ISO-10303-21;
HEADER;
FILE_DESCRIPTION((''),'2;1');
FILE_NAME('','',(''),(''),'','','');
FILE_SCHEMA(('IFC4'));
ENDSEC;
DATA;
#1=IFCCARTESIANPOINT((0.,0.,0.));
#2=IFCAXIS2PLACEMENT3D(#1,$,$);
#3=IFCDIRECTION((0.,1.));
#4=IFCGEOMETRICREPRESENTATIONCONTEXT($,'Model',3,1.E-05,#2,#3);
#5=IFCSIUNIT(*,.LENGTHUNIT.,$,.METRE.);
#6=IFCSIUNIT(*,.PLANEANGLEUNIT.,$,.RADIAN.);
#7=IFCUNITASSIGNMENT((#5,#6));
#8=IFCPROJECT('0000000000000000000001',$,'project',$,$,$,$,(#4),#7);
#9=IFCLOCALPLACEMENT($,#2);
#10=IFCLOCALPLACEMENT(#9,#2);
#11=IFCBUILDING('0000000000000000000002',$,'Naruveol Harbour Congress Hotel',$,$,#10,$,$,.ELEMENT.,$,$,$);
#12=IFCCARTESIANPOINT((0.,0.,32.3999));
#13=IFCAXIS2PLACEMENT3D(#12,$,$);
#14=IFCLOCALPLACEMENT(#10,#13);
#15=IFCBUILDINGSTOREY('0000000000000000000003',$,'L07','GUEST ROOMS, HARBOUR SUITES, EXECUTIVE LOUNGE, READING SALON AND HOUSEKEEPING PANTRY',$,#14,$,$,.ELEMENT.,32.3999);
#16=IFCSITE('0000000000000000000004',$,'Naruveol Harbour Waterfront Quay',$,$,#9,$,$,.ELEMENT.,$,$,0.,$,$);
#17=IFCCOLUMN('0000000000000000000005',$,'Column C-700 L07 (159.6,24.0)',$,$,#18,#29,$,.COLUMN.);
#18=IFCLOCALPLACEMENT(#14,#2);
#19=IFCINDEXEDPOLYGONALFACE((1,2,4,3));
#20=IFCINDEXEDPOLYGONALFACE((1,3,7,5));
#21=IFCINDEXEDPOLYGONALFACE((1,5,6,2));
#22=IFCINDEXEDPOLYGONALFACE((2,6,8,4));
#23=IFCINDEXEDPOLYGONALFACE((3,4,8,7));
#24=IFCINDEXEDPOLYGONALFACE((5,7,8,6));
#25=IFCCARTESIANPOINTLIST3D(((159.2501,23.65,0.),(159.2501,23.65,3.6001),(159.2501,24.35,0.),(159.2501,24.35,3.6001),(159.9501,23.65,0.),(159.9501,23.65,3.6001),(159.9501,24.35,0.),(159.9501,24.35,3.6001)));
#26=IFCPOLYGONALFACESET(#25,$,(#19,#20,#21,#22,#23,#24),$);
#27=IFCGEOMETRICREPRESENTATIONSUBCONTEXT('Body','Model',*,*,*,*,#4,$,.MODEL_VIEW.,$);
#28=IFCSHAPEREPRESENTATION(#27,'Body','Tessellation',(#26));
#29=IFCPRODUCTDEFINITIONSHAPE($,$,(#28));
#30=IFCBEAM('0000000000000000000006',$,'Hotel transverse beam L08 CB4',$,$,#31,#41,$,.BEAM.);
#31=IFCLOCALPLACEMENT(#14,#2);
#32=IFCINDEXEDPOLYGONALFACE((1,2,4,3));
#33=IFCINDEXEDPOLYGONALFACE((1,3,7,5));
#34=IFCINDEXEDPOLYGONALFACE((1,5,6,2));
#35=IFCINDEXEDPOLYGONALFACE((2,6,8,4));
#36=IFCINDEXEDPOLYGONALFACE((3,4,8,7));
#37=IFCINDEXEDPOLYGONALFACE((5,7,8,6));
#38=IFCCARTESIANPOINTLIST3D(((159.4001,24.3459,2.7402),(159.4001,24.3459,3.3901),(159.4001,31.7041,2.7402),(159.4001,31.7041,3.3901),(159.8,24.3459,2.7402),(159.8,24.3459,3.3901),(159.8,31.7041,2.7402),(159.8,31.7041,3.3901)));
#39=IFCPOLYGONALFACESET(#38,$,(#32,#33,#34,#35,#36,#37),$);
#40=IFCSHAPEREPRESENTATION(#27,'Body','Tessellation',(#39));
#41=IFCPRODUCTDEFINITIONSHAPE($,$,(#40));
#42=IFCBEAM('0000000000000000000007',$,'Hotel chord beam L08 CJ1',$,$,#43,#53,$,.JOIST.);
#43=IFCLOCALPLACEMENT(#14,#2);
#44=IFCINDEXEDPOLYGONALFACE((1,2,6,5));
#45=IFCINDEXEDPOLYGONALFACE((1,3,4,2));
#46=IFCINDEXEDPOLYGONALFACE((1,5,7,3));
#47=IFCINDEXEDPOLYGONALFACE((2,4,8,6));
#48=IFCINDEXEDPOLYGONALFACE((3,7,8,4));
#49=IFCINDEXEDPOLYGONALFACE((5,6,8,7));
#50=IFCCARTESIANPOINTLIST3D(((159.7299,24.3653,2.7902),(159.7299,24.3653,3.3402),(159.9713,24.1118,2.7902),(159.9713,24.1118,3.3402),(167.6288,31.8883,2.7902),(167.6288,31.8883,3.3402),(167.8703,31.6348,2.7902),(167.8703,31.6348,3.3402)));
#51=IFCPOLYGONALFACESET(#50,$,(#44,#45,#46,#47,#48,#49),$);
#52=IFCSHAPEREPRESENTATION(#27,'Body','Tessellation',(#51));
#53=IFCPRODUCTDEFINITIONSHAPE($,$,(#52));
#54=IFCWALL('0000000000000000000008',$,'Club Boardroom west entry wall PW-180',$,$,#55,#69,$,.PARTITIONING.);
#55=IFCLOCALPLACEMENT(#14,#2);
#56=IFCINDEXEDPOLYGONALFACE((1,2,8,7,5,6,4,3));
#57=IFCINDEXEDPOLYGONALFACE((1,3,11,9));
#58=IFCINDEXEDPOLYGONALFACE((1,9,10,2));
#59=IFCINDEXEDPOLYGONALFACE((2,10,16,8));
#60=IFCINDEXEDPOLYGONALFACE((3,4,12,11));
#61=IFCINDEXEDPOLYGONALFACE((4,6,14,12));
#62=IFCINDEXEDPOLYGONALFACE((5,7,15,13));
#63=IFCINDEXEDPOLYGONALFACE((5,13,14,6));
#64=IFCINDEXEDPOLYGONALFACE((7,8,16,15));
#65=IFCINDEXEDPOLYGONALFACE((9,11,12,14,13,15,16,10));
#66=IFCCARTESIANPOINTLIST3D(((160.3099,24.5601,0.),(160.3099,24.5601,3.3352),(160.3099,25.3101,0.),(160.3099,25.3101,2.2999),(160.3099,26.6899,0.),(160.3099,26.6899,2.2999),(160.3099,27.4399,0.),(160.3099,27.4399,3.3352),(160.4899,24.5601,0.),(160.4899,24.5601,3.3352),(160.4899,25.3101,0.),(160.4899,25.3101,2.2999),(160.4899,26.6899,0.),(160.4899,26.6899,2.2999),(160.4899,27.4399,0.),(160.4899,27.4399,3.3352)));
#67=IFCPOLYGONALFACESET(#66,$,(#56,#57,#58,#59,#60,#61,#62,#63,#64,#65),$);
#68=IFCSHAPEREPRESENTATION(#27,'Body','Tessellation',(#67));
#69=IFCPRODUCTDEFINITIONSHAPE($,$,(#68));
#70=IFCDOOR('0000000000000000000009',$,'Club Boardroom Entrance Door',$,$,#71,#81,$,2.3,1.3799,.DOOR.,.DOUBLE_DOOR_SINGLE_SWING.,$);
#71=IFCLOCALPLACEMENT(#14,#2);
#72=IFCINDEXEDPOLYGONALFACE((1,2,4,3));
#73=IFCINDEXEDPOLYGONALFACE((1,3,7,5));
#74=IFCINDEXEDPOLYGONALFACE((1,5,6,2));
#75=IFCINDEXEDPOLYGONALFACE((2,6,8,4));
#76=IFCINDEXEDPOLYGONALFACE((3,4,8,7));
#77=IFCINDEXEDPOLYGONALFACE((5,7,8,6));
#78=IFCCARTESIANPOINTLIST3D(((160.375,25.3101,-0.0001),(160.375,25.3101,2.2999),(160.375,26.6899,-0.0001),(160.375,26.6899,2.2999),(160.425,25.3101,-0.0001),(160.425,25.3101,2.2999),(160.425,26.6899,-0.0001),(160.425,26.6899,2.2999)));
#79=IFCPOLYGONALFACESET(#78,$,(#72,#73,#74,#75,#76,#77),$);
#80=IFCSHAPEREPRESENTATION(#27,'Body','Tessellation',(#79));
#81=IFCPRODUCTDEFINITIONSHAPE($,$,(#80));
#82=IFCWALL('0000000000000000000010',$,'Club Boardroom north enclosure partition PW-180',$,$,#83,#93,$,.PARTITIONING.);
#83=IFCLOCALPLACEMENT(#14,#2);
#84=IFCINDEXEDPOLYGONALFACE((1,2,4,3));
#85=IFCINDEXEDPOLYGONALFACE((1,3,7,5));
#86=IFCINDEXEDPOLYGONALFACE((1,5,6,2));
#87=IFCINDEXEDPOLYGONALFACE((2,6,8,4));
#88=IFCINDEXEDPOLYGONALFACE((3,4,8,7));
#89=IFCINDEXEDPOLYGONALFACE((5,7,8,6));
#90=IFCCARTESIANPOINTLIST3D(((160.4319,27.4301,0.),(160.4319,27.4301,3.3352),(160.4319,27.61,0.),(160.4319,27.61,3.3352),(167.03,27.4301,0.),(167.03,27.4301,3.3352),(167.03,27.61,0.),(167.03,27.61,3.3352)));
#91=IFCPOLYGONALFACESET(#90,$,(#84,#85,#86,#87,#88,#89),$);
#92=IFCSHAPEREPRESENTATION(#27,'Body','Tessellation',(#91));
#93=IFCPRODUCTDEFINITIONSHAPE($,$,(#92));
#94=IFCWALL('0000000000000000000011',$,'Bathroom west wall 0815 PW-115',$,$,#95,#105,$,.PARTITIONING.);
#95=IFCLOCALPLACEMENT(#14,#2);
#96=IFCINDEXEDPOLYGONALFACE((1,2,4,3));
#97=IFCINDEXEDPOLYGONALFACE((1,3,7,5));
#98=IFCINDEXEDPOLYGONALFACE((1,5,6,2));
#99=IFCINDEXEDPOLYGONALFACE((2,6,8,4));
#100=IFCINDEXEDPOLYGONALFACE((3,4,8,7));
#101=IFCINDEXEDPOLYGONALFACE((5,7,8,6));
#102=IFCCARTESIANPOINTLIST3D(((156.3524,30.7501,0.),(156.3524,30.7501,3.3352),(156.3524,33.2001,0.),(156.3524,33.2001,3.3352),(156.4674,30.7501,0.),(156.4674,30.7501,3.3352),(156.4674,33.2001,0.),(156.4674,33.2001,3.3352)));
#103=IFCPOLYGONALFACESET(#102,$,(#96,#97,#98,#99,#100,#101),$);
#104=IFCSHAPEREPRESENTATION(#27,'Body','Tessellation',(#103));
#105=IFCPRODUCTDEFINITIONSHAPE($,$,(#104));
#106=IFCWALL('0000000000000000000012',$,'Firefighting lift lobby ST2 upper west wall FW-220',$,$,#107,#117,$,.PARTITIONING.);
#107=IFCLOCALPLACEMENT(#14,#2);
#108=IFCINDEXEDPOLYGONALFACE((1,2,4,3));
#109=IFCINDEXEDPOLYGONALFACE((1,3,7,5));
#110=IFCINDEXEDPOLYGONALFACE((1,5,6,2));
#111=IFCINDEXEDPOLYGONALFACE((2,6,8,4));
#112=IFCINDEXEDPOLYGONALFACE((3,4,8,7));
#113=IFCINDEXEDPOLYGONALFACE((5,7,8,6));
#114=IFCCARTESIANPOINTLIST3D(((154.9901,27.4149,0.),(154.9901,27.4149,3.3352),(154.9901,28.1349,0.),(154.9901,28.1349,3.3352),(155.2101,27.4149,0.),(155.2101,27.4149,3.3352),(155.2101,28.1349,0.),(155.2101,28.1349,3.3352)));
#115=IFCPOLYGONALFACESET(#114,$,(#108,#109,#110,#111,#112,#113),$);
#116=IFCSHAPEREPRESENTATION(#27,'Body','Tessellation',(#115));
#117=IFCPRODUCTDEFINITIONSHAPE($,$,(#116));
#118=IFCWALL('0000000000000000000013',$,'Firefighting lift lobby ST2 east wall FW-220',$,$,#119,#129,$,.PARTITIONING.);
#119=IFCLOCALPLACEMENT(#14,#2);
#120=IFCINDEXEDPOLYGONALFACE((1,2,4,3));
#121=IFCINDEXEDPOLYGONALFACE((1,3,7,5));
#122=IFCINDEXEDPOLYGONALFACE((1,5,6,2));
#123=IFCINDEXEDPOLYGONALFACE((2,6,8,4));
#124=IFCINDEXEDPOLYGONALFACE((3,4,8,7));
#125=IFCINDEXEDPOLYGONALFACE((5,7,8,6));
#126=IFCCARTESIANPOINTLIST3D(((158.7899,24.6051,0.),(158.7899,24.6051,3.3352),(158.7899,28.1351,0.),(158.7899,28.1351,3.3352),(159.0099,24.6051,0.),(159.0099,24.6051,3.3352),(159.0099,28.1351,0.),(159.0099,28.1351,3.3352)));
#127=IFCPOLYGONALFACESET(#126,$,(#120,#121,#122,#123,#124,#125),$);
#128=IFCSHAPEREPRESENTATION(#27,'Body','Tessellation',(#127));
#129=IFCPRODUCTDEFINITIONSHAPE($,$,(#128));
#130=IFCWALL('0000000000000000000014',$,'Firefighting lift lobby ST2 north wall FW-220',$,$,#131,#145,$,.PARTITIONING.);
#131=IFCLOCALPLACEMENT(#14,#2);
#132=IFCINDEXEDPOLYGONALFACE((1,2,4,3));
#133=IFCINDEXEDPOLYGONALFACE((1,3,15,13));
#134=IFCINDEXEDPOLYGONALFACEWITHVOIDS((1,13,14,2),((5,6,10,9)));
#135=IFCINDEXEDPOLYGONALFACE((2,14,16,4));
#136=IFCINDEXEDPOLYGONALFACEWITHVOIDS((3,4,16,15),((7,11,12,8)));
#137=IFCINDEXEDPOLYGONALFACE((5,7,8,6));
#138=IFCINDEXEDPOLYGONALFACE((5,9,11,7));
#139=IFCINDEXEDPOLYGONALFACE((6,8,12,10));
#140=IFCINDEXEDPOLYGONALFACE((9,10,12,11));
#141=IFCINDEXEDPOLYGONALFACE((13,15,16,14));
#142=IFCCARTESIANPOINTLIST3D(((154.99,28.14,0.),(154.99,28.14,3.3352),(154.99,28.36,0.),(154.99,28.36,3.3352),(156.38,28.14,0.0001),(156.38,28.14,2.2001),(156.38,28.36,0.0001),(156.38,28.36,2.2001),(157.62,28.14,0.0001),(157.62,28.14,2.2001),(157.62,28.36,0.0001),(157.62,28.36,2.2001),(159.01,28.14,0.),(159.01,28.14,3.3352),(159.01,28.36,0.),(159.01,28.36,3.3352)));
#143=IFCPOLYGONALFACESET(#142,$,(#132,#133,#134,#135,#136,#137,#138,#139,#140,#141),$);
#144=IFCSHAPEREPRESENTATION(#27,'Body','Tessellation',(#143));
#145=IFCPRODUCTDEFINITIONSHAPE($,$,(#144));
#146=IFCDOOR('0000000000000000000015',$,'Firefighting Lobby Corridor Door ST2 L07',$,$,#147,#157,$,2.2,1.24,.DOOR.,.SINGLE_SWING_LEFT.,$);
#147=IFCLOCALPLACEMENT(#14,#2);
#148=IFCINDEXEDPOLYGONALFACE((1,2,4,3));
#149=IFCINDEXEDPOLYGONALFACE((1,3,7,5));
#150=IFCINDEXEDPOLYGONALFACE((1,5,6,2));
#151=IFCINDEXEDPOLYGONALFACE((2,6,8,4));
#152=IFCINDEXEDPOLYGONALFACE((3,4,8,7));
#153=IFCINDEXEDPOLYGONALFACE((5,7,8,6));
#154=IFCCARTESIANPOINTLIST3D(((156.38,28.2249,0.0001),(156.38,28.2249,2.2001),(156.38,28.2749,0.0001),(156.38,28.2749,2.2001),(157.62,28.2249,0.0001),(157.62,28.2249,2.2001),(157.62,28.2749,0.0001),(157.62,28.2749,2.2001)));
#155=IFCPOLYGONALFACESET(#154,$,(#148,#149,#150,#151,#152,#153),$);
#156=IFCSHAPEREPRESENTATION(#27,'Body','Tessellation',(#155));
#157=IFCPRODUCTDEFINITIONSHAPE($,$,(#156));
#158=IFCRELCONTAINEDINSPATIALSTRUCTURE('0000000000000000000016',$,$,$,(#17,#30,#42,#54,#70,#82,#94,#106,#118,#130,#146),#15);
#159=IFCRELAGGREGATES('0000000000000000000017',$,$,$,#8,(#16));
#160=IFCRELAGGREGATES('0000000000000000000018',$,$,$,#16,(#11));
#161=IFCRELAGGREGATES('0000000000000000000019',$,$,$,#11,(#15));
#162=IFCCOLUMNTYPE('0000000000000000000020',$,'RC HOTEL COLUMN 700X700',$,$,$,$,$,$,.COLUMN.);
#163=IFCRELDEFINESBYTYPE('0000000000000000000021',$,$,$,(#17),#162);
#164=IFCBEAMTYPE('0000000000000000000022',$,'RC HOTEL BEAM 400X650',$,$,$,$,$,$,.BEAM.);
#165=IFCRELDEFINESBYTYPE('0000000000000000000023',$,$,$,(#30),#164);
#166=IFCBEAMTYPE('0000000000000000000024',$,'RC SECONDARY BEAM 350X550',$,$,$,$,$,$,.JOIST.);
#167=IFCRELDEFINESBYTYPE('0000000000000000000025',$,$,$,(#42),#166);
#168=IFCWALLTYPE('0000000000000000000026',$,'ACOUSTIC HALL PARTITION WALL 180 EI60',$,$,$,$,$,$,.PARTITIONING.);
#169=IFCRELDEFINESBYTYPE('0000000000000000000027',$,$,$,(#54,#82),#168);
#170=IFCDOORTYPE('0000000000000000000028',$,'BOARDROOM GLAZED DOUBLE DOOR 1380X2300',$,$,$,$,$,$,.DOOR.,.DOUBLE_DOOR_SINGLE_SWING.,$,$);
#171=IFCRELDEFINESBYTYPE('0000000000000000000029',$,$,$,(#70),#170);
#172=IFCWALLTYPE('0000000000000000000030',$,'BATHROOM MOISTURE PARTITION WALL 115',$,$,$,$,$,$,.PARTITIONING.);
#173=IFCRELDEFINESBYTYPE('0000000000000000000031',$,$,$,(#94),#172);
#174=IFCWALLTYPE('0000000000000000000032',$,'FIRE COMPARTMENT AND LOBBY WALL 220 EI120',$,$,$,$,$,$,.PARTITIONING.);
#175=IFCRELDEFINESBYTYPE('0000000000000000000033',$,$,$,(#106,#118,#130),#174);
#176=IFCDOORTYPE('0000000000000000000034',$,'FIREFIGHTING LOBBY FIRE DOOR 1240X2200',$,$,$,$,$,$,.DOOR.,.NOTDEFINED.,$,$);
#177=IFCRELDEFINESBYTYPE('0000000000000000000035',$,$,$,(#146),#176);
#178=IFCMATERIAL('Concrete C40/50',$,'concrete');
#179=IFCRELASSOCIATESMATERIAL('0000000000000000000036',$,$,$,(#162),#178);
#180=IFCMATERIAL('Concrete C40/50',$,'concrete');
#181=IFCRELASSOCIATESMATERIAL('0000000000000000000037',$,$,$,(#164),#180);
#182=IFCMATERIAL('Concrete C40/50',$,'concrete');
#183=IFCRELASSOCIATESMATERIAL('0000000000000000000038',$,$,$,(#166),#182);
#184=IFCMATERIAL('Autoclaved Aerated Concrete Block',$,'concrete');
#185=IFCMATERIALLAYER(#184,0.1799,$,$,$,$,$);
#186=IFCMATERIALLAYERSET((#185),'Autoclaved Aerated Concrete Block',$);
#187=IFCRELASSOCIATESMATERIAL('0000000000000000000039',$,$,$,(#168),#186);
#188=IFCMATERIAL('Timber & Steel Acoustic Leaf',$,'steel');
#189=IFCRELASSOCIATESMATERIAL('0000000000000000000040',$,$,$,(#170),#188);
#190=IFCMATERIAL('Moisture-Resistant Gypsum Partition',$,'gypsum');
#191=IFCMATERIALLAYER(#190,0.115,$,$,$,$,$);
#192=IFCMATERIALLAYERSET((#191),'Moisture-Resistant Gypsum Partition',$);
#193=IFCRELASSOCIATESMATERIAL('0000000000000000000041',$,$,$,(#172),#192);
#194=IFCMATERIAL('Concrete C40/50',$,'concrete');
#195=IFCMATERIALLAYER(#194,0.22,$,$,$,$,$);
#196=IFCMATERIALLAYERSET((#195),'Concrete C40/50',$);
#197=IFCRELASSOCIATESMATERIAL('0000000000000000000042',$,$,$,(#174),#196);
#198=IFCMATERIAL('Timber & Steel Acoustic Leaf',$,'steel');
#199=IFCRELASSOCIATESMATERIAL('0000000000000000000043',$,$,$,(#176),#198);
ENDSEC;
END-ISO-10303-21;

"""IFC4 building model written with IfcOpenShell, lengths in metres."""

from ifc_helpers import new_model, si_unit, direction, frame, frame_2d, origin, origin_2d, place, context, subcontext, project, spatial, rectangle, extrude, material, layer, layer_set, material_profile, profile_set, type_object, element, fill, save


model = new_model("IFC4")

# Units and contexts
model_context = context("Model", 3, precision=1e-05, world=origin(), true_north=direction((0.0, 1.0)))
body_context = subcontext(model_context, "Body", "Model", "MODEL_VIEW")
ifc_project = project(units=[si_unit("LENGTHUNIT", "METRE"), si_unit("PLANEANGLEUNIT", "RADIAN")], contexts=[model_context])

# Site, building, storey
site_placement = place(None, origin())
site = spatial("IfcSite", under=ifc_project, at=site_placement, Name="Naruveol Harbour Waterfront Quay", CompositionType="ELEMENT", RefElevation=0.0)
building_placement = place(site_placement, origin())
building = spatial("IfcBuilding", under=site, at=building_placement, Name="Naruveol Harbour Congress Hotel", CompositionType="ELEMENT")
storey_placement = place(building_placement, frame((0.0, 0.0, 32.3999)))
storey = spatial("IfcBuildingStorey", under=building, at=storey_placement, Name="L07", Description="GUEST ROOMS, HARBOUR SUITES, EXECUTIVE LOUNGE, READING SALON AND HOUSEKEEPING PANTRY", CompositionType="ELEMENT", Elevation=32.3999)

# Column
ifc_material_1 = material(Name="Concrete C40/50", Category="concrete")
ifc_material_profile_1 = material_profile(ifc_material_1, rectangle(XDim=0.7, YDim=0.7, at=origin_2d()), Name="RC-700x700")
ifc_profile_set_1 = profile_set([ifc_material_profile_1], Name="Concrete C40/50")
column_type = type_object("IfcColumnType", Name="RC HOTEL COLUMN 700X700", PredefinedType="COLUMN", material=ifc_profile_set_1)
column_placement = place(storey_placement, frame((159.6001, 24.0, 0.0), z_axis=(0.0, 0.0, 1.0), x_axis=(1.0, 0.0, 0.0)))
element("IfcColumn", 1, at=column_placement, inside=storey, type_object=column_type, Name="Column C-700 L07 (159.6,24.0)", PredefinedType="COLUMN", context=body_context, shape_type="SweptSolid", body=[
    extrude(rectangle(XDim=0.7, YDim=0.7, at=origin_2d()), origin(), (0.0, 0.0, 1.0), 3.6001),
])

# Beams
ifc_material_2 = material(Name="Concrete C40/50", Category="concrete")
ifc_material_profile_2 = material_profile(ifc_material_2, rectangle(XDim=0.3999, YDim=0.6499, at=origin_2d()), Name="RCB-400x650")
ifc_profile_set_2 = profile_set([ifc_material_profile_2], Name="Concrete C40/50")
beam_type_1 = type_object("IfcBeamType", Name="RC HOTEL BEAM 400X650", PredefinedType="BEAM", material=ifc_profile_set_2)
beam_1_placement = place(storey_placement, frame((159.6001, 24.3459, 3.0652), z_axis=(0.0, 1.0, 0.0), x_axis=(-1.0, 0.0, 0.0)))
element("IfcBeam", 2, at=beam_1_placement, inside=storey, type_object=beam_type_1, Name="Hotel transverse beam L08 CB4", PredefinedType="BEAM", context=body_context, shape_type="SweptSolid", body=[
    extrude(rectangle(XDim=0.3999, YDim=0.6499, at=origin_2d()), origin(), (0.0, 0.0, 1.0), 7.3582),
])
ifc_material_3 = material(Name="Concrete C40/50", Category="concrete")
ifc_material_profile_3 = material_profile(ifc_material_3, rectangle(XDim=0.3501, YDim=0.55, at=origin_2d()), Name="RCB-350x550")
ifc_profile_set_3 = profile_set([ifc_material_profile_3], Name="Concrete C40/50")
beam_type_2 = type_object("IfcBeamType", Name="RC SECONDARY BEAM 350X550", PredefinedType="JOIST", material=ifc_profile_set_3)
beam_2_placement = place(storey_placement, frame((159.8506, 24.2385, 3.0652), z_axis=(0.72413, 0.689663, 0.0), x_axis=(-0.689663, 0.72413, 0.0)))
element("IfcBeam", 3, at=beam_2_placement, inside=storey, type_object=beam_type_2, Name="Hotel chord beam L08 CJ1", PredefinedType="JOIST", context=body_context, shape_type="SweptSolid", body=[
    extrude(rectangle(XDim=0.3501, YDim=0.55, at=origin_2d()), origin(), (0.0, 0.0, 1.0), 10.9082),
])

# Wall, opening, door
ifc_material_4 = material(Name="Autoclaved Aerated Concrete Block", Category="concrete")
ifc_layer_1 = layer(ifc_material_4, 0.1799)
ifc_layer_set_1 = layer_set([ifc_layer_1], Name="Autoclaved Aerated Concrete Block")
wall_type_1 = type_object("IfcWallType", Name="ACOUSTIC HALL PARTITION WALL 180 EI60", PredefinedType="PARTITIONING", material=ifc_layer_set_1)
wall_1_placement = place(storey_placement, frame((160.3999, 24.5601, 0.0), z_axis=(0.0, 0.0, 1.0), x_axis=(0.0, 1.0, 0.0)))
wall_1 = element("IfcWall", 4, at=wall_1_placement, inside=storey, type_object=wall_type_1, Name="Club Boardroom west entry wall PW-180", PredefinedType="PARTITIONING", context=body_context, shape_type="SweptSolid", body=[
    extrude(rectangle(XDim=2.8799, YDim=0.1799, at=frame_2d((1.4399, 0.0))), origin(), (0.0, 0.0, 1.0), 3.3352),
])
opening_1_placement = place(wall_1_placement, frame((0.75, 0.0, 0.0)))
opening_1 = element("IfcOpeningElement", 5, at=opening_1_placement, cuts=wall_1, PredefinedType="OPENING", context=body_context, shape_type="SweptSolid", body=[
    extrude(rectangle(XDim=1.3799, YDim=2.3, at=frame_2d((0.6899, 1.1499))), frame((0.0, 0.0999, 0.0), z_axis=(0.0, -1.0, 0.0), x_axis=(1.0, 0.0, 0.0)), (0.0, 0.0, 1.0), 0.2),
])
ifc_material_5 = material(Name="Timber & Steel Acoustic Leaf", Category="steel")
door_type_1 = type_object("IfcDoorType", Name="BOARDROOM GLAZED DOUBLE DOOR 1380X2300", OperationType="DOUBLE_DOOR_SINGLE_SWING", PredefinedType="DOOR", material=ifc_material_5)
door_1_placement = place(opening_1_placement, origin())
door_1 = element("IfcDoor", 6, at=door_1_placement, inside=storey, type_object=door_type_1, Name="Club Boardroom Entrance Door", OperationType="DOUBLE_DOOR_SINGLE_SWING", OverallHeight=2.3, OverallWidth=1.3799, PredefinedType="DOOR", context=body_context, shape_type="SweptSolid", body=[
    extrude(rectangle(XDim=1.3799, YDim=2.3, at=frame_2d((0.6899, 1.1499))), frame((0.0, 0.0249, 0.0), z_axis=(0.0, -1.0, 0.0), x_axis=(1.0, 0.0, 0.0)), (0.0, 0.0, 1.0), 0.05),
])
fill(opening_1, door_1)

# Walls
wall_2_placement = place(storey_placement, frame((160.4319, 27.52, 0.0), z_axis=(0.0, 0.0, 1.0), x_axis=(1.0, 0.0, 0.0)))
element("IfcWall", 7, at=wall_2_placement, inside=storey, type_object=wall_type_1, Name="Club Boardroom north enclosure partition PW-180", PredefinedType="PARTITIONING", context=body_context, shape_type="SweptSolid", body=[
    extrude(rectangle(XDim=6.5981, YDim=0.1799, at=frame_2d((3.2991, 0.0))), origin(), (0.0, 0.0, 1.0), 3.3352),
])
ifc_material_6 = material(Name="Moisture-Resistant Gypsum Partition", Category="gypsum")
ifc_layer_2 = layer(ifc_material_6, 0.115)
ifc_layer_set_2 = layer_set([ifc_layer_2], Name="Moisture-Resistant Gypsum Partition")
wall_type_2 = type_object("IfcWallType", Name="BATHROOM MOISTURE PARTITION WALL 115", PredefinedType="PARTITIONING", material=ifc_layer_set_2)
wall_3_placement = place(storey_placement, frame((156.4099, 30.75, 0.0), z_axis=(0.0, 0.0, 1.0), x_axis=(0.0, 1.0, 0.0)))
element("IfcWall", 8, at=wall_3_placement, inside=storey, type_object=wall_type_2, Name="Bathroom west wall 0815 PW-115", PredefinedType="PARTITIONING", context=body_context, shape_type="SweptSolid", body=[
    extrude(rectangle(XDim=2.45, YDim=0.115, at=frame_2d((1.2251, 0.0))), origin(), (0.0, 0.0, 1.0), 3.3352),
])
ifc_material_7 = material(Name="Concrete C40/50", Category="concrete")
ifc_layer_3 = layer(ifc_material_7, 0.22)
ifc_layer_set_3 = layer_set([ifc_layer_3], Name="Concrete C40/50")
wall_type_3 = type_object("IfcWallType", Name="FIRE COMPARTMENT AND LOBBY WALL 220 EI120", PredefinedType="PARTITIONING", material=ifc_layer_set_3)
wall_4_placement = place(storey_placement, frame((155.1001, 27.415, 0.0), z_axis=(0.0, 0.0, 1.0), x_axis=(0.0, 1.0, 0.0)))
element("IfcWall", 9, at=wall_4_placement, inside=storey, type_object=wall_type_3, Name="Firefighting lift lobby ST2 upper west wall FW-220", PredefinedType="PARTITIONING", context=body_context, shape_type="SweptSolid", body=[
    extrude(rectangle(XDim=0.72, YDim=0.22, at=frame_2d((0.3599, 0.0))), origin(), (0.0, 0.0, 1.0), 3.3352),
])
wall_5_placement = place(storey_placement, frame((158.8999, 24.605, 0.0), z_axis=(0.0, 0.0, 1.0), x_axis=(0.0, 1.0, 0.0)))
element("IfcWall", 10, at=wall_5_placement, inside=storey, type_object=wall_type_3, Name="Firefighting lift lobby ST2 east wall FW-220", PredefinedType="PARTITIONING", context=body_context, shape_type="SweptSolid", body=[
    extrude(rectangle(XDim=3.53, YDim=0.22, at=frame_2d((1.7651, 0.0))), origin(), (0.0, 0.0, 1.0), 3.3352),
])

# Wall, opening, door
wall_6_placement = place(storey_placement, frame((154.99, 28.25, 0.0), z_axis=(0.0, 0.0, 1.0), x_axis=(1.0, 0.0, 0.0)))
wall_6 = element("IfcWall", 11, at=wall_6_placement, inside=storey, type_object=wall_type_3, Name="Firefighting lift lobby ST2 north wall FW-220", PredefinedType="PARTITIONING", context=body_context, shape_type="SweptSolid", body=[
    extrude(rectangle(XDim=4.02, YDim=0.22, at=frame_2d((2.01, 0.0))), origin(), (0.0, 0.0, 1.0), 3.3352),
])
opening_2_placement = place(wall_6_placement, frame((1.3899, 0.0, 0.0)))
opening_2 = element("IfcOpeningElement", 12, at=opening_2_placement, cuts=wall_6, PredefinedType="OPENING", context=body_context, shape_type="SweptSolid", body=[
    extrude(rectangle(XDim=1.24, YDim=2.2, at=frame_2d((0.6201, 1.1001))), frame((0.0, 0.1199, 0.0), z_axis=(0.0, -1.0, 0.0), x_axis=(1.0, 0.0, 0.0)), (0.0, 0.0, 1.0), 0.24),
])
ifc_material_8 = material(Name="Timber & Steel Acoustic Leaf", Category="steel")
door_type_2 = type_object("IfcDoorType", Name="FIREFIGHTING LOBBY FIRE DOOR 1240X2200", OperationType="NOTDEFINED", PredefinedType="DOOR", material=ifc_material_8)
door_2_placement = place(opening_2_placement, origin())
door_2 = element("IfcDoor", 13, at=door_2_placement, inside=storey, type_object=door_type_2, Name="Firefighting Lobby Corridor Door ST2 L07", OperationType="SINGLE_SWING_LEFT", OverallHeight=2.2, OverallWidth=1.24, PredefinedType="DOOR", context=body_context, shape_type="SweptSolid", body=[
    extrude(rectangle(XDim=1.24, YDim=2.2, at=frame_2d((0.6201, 1.1001))), frame((0.0, 0.0249, 0.0), z_axis=(0.0, -1.0, 0.0), x_axis=(1.0, 0.0, 0.0)), (0.0, 0.0, 1.0), 0.05),
])
fill(opening_2, door_2)

save(model, "model.ifc")
